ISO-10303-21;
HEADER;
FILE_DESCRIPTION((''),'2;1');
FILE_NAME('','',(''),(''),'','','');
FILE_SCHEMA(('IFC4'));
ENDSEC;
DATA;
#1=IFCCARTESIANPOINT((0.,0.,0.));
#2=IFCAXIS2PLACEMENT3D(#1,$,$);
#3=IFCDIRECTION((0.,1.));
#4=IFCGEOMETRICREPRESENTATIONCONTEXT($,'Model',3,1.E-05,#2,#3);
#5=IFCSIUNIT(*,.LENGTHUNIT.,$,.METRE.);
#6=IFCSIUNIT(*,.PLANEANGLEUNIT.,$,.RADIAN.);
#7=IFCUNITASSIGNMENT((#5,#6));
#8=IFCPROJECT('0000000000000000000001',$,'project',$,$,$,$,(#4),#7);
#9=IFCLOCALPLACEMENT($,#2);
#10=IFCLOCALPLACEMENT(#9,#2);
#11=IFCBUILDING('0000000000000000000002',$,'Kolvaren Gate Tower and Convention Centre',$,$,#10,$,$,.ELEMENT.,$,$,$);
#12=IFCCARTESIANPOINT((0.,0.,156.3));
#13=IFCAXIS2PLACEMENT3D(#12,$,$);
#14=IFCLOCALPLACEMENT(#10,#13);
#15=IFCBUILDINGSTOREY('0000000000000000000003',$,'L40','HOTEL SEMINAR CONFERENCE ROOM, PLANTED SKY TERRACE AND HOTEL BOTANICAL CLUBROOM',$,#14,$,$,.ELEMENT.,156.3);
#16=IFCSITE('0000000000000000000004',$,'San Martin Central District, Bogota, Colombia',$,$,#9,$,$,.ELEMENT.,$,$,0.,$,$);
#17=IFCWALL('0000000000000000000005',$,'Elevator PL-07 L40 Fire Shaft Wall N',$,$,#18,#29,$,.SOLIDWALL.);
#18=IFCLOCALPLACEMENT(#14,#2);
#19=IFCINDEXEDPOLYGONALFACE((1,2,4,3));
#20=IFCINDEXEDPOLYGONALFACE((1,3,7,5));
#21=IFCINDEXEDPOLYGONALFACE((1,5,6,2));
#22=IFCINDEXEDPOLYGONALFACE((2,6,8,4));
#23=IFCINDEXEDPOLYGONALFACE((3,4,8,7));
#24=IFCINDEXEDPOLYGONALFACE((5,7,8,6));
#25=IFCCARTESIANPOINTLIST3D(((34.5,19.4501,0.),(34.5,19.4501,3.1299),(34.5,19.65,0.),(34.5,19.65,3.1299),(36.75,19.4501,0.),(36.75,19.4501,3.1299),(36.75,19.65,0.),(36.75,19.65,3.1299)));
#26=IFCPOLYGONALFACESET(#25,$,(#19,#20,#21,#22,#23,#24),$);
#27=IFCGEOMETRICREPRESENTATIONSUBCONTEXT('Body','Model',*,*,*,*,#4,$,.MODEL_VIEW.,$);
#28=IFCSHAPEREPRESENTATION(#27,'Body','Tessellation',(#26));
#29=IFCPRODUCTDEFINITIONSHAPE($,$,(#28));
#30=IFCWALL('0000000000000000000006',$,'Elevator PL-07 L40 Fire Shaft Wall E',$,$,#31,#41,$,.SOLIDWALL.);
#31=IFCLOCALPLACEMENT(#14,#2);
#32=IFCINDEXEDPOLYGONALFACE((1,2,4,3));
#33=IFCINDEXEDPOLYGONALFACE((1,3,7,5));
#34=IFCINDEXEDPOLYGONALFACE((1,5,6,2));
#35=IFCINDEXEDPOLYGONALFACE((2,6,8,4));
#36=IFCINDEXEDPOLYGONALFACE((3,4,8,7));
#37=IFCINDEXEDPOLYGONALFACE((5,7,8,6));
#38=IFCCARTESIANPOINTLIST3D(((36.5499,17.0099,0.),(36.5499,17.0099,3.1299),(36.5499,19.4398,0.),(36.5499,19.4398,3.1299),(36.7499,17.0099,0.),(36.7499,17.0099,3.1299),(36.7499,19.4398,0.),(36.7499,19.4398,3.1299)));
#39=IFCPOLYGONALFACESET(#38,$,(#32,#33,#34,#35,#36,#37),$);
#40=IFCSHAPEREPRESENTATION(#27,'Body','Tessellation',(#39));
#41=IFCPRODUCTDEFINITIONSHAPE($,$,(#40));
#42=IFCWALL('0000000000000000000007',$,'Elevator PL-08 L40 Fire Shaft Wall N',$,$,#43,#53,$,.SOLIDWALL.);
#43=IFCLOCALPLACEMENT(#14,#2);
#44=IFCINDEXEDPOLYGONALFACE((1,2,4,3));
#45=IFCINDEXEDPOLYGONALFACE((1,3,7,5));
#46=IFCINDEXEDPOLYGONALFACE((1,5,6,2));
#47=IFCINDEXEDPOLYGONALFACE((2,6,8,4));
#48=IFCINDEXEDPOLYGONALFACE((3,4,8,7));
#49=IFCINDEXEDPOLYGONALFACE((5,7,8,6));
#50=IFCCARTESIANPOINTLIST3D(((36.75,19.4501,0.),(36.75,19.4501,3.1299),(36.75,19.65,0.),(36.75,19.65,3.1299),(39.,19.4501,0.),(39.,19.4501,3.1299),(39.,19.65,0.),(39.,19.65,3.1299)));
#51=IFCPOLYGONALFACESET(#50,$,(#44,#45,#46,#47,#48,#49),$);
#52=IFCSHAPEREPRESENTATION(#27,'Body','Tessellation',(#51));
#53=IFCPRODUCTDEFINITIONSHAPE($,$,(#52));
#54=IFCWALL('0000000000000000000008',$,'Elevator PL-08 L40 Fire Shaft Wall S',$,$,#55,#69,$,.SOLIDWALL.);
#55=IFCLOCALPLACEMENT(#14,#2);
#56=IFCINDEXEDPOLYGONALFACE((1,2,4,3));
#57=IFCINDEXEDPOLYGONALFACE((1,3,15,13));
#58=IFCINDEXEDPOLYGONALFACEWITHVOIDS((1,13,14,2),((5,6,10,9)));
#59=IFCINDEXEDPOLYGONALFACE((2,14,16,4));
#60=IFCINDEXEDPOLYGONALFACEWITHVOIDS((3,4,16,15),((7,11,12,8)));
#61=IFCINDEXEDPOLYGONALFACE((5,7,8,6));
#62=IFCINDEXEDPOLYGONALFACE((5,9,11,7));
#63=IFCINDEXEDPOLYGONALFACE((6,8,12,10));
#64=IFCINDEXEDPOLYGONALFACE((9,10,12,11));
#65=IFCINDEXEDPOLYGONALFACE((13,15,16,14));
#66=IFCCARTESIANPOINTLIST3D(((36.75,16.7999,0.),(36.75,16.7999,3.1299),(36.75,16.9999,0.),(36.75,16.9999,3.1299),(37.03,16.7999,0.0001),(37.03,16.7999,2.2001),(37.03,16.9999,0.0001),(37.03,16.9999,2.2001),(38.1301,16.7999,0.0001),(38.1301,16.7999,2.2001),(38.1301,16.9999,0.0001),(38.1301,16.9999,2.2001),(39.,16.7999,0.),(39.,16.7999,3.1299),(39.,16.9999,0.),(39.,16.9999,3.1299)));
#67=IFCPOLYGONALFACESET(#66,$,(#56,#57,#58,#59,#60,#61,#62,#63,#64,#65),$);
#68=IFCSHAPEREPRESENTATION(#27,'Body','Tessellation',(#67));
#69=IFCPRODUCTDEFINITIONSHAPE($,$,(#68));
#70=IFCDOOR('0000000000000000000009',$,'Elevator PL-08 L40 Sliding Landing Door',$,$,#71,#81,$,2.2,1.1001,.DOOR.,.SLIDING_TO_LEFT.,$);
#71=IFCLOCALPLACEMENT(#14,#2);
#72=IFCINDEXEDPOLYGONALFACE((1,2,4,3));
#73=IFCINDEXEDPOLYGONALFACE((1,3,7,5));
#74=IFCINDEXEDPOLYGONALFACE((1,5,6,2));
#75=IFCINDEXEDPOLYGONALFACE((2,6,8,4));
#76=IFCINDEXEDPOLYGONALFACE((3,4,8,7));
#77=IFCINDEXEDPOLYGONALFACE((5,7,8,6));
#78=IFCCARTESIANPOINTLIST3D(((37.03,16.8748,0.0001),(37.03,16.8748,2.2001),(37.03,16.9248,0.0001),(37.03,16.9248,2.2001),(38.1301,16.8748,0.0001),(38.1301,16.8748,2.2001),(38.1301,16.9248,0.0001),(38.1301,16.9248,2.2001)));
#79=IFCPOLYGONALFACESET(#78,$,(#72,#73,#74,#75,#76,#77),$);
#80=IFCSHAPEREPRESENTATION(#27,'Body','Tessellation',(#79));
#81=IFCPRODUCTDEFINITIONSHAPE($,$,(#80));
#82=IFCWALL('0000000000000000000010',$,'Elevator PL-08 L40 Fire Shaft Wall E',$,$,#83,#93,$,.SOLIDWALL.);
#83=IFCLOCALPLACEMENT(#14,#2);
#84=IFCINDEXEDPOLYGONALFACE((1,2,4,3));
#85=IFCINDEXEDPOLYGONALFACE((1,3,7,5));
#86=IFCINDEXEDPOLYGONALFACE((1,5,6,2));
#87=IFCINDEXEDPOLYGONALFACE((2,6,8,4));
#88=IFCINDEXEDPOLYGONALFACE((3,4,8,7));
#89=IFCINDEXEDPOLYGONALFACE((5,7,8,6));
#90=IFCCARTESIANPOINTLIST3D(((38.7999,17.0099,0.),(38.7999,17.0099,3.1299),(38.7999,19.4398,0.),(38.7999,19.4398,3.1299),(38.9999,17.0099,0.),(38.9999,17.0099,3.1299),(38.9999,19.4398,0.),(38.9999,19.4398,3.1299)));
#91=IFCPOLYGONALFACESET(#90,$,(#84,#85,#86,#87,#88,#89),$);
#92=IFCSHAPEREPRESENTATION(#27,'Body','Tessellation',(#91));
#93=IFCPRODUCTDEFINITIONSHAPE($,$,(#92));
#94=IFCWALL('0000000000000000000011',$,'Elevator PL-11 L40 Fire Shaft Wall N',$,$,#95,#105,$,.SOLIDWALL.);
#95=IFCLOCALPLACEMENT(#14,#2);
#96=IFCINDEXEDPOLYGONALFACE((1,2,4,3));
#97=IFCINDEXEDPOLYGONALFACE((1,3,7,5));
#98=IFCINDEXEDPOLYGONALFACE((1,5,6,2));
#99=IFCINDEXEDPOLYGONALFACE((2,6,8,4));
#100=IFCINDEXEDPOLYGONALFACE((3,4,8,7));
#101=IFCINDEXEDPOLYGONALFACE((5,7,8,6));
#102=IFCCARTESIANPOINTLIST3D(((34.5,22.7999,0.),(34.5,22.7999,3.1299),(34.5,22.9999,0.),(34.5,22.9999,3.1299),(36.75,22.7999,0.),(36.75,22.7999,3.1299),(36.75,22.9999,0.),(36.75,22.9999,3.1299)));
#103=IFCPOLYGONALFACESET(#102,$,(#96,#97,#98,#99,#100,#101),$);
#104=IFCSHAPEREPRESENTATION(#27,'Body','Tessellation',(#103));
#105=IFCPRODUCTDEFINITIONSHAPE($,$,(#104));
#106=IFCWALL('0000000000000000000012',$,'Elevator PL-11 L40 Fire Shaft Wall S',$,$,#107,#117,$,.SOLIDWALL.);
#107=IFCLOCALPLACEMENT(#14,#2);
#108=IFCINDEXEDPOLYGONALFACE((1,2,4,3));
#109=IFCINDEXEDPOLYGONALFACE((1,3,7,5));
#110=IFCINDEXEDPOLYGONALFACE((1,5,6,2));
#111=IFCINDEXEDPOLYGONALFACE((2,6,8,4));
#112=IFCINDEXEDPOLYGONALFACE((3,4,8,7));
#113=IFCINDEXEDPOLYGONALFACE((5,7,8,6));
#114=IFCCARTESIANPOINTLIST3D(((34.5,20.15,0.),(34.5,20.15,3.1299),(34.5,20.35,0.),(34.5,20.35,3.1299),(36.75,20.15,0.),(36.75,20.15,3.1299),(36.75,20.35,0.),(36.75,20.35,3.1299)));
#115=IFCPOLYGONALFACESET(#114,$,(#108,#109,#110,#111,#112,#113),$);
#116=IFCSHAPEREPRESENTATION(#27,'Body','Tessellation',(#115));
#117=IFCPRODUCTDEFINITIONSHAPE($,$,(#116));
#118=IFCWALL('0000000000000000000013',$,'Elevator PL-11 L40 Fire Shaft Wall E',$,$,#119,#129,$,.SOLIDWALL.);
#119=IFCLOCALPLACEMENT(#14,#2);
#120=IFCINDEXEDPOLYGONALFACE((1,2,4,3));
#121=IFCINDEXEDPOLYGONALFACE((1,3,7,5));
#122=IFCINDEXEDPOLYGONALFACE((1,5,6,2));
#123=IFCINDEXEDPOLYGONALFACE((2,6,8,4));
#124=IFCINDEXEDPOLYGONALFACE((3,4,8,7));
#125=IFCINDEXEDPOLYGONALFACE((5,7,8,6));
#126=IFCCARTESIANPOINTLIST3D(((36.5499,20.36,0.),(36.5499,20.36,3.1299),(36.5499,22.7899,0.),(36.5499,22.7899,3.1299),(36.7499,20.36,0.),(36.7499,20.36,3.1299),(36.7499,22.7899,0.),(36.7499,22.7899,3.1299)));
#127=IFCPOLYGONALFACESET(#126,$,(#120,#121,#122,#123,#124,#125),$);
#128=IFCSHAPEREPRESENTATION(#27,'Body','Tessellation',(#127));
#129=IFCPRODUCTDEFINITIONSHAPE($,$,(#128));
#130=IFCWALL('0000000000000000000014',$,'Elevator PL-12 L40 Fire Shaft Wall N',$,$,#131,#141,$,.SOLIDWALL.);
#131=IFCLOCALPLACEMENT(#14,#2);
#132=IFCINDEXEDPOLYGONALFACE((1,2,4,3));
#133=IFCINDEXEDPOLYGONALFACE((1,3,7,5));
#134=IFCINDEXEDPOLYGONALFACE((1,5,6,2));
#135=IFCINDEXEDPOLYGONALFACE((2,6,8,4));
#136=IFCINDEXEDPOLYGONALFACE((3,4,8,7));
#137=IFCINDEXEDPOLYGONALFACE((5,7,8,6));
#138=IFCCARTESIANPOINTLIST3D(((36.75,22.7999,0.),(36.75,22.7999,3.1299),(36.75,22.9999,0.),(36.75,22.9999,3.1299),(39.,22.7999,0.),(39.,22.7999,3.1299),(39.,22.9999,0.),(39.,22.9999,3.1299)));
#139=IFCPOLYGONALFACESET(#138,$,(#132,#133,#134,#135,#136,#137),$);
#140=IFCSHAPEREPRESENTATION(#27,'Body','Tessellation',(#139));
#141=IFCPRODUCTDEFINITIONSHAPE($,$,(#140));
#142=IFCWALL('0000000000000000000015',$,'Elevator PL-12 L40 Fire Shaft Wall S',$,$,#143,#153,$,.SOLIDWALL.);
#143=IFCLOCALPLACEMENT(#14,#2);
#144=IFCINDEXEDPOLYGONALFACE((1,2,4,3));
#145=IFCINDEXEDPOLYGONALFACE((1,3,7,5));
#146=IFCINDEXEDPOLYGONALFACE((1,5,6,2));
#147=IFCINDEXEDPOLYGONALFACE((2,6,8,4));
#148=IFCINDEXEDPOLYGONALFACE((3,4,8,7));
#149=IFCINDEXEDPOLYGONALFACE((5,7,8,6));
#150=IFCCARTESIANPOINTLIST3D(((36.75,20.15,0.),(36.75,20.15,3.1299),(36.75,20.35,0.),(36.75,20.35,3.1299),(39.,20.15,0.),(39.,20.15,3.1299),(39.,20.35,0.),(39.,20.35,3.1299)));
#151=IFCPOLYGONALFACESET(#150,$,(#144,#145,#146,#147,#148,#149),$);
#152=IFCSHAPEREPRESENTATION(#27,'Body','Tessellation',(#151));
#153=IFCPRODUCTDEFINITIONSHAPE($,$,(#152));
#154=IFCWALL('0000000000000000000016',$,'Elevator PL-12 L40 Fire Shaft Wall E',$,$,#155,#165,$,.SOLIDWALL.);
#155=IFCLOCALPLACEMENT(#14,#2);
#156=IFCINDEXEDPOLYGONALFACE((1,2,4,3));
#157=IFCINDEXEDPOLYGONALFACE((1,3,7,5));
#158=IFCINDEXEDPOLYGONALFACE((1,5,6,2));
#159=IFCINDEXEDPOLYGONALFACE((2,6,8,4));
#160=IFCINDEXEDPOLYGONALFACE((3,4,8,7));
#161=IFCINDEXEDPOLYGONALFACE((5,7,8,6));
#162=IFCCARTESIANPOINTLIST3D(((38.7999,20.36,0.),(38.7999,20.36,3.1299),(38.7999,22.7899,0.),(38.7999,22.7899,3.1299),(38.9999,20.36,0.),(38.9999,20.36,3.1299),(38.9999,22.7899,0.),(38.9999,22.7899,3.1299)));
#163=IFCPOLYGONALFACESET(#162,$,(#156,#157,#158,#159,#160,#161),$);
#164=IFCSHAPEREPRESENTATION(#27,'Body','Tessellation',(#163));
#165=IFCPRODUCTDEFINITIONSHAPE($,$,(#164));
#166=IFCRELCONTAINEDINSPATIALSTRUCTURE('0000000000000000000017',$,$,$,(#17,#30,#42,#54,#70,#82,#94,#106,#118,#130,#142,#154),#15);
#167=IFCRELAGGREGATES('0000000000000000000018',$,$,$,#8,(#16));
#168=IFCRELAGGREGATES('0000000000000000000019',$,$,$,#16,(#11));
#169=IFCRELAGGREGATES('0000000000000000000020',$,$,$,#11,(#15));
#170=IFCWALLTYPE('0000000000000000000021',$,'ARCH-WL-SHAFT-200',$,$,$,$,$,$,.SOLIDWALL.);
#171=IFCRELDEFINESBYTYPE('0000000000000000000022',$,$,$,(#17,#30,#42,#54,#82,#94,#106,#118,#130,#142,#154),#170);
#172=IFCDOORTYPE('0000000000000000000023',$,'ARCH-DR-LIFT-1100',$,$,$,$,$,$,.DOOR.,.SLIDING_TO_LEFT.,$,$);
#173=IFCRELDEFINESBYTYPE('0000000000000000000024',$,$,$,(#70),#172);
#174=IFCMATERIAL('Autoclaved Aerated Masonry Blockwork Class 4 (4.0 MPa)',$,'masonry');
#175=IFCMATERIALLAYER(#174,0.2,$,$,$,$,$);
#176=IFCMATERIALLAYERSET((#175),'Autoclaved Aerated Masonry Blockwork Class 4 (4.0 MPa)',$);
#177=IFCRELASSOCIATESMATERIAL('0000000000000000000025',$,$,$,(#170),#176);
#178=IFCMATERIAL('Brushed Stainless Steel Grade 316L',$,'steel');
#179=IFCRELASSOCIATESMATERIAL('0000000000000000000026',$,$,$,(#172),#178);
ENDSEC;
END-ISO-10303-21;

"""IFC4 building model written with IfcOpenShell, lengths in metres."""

from ifc_helpers import new_model, si_unit, direction, frame, frame_2d, origin, place, context, subcontext, project, spatial, rectangle, extrude, material, layer, layer_set, type_object, element, fill, save


model = new_model("IFC4")

# Units and contexts
model_context = context("Model", 3, precision=1e-05, world=origin(), true_north=direction((0.0, 1.0)))
body_context = subcontext(model_context, "Body", "Model", "MODEL_VIEW")
ifc_project = project(units=[si_unit("LENGTHUNIT", "METRE"), si_unit("PLANEANGLEUNIT", "RADIAN")], contexts=[model_context])

# Site, building, storey
site_placement = place(None, origin())
site = spatial("IfcSite", under=ifc_project, at=site_placement, Name="San Martin Central District, Bogota, Colombia", CompositionType="ELEMENT", RefElevation=0.0)
building_placement = place(site_placement, origin())
building = spatial("IfcBuilding", under=site, at=building_placement, Name="Kolvaren Gate Tower and Convention Centre", CompositionType="ELEMENT")
storey_placement = place(building_placement, frame((0.0, 0.0, 156.3)))
storey = spatial("IfcBuildingStorey", under=building, at=storey_placement, Name="L40", Description="HOTEL SEMINAR CONFERENCE ROOM, PLANTED SKY TERRACE AND HOTEL BOTANICAL CLUBROOM", CompositionType="ELEMENT", Elevation=156.3)

# Walls
ifc_material_1 = material(Name="Autoclaved Aerated Masonry Blockwork Class 4 (4.0 MPa)", Category="masonry")
ifc_layer_1 = layer(ifc_material_1, 0.2)
ifc_layer_set_1 = layer_set([ifc_layer_1], Name="Autoclaved Aerated Masonry Blockwork Class 4 (4.0 MPa)")
wall_type_1 = type_object("IfcWallType", Name="ARCH-WL-SHAFT-200", PredefinedType="SOLIDWALL", material=ifc_layer_set_1)
wall_1_placement = place(storey_placement, frame((34.5, 19.55, 0.0), z_axis=(0.0, 0.0, 1.0), x_axis=(1.0, 0.0, 0.0)))
element("IfcWall", 1, at=wall_1_placement, inside=storey, type_object=wall_type_1, Name="Elevator PL-07 L40 Fire Shaft Wall N", PredefinedType="SOLIDWALL", context=body_context, shape_type="SweptSolid", body=[
    extrude(rectangle(XDim=2.25, YDim=0.2, at=frame_2d((1.125, 0.0))), origin(), (0.0, 0.0, 1.0), 3.1299),
])
wall_2_placement = place(storey_placement, frame((36.6499, 17.01, 0.0), z_axis=(0.0, 0.0, 1.0), x_axis=(0.0, 1.0, 0.0)))
element("IfcWall", 2, at=wall_2_placement, inside=storey, type_object=wall_type_1, Name="Elevator PL-07 L40 Fire Shaft Wall E", PredefinedType="SOLIDWALL", context=body_context, shape_type="SweptSolid", body=[
    extrude(rectangle(XDim=2.4299, YDim=0.2, at=frame_2d((1.2148, 0.0))), origin(), (0.0, 0.0, 1.0), 3.1299),
])
wall_3_placement = place(storey_placement, frame((36.75, 19.55, 0.0), z_axis=(0.0, 0.0, 1.0), x_axis=(1.0, 0.0, 0.0)))
element("IfcWall", 3, at=wall_3_placement, inside=storey, type_object=wall_type_1, Name="Elevator PL-08 L40 Fire Shaft Wall N", PredefinedType="SOLIDWALL", context=body_context, shape_type="SweptSolid", body=[
    extrude(rectangle(XDim=2.25, YDim=0.2, at=frame_2d((1.125, 0.0))), origin(), (0.0, 0.0, 1.0), 3.1299),
])

# Wall, opening, door
wall_4_placement = place(storey_placement, frame((36.75, 16.8999, 0.0), z_axis=(0.0, 0.0, 1.0), x_axis=(1.0, 0.0, 0.0)))
wall_4 = element("IfcWall", 4, at=wall_4_placement, inside=storey, type_object=wall_type_1, Name="Elevator PL-08 L40 Fire Shaft Wall S", PredefinedType="SOLIDWALL", context=body_context, shape_type="SweptSolid", body=[
    extrude(rectangle(XDim=2.25, YDim=0.2, at=frame_2d((1.125, 0.0))), origin(), (0.0, 0.0, 1.0), 3.1299),
])
opening_1_placement = place(wall_4_placement, frame((0.28, 0.0, 0.0)))
opening_1 = element("IfcOpeningElement", 5, at=opening_1_placement, cuts=wall_4, PredefinedType="OPENING", context=body_context, shape_type="SweptSolid", body=[
    extrude(rectangle(XDim=1.1001, YDim=2.2, at=frame_2d((0.55, 1.1001))), frame((0.0, 0.1099, 0.0), z_axis=(0.0, -1.0, 0.0), x_axis=(1.0, 0.0, 0.0)), (0.0, 0.0, 1.0), 0.22),
])
ifc_material_2 = material(Name="Brushed Stainless Steel Grade 316L", Category="steel")
door_type_1 = type_object("IfcDoorType", Name="ARCH-DR-LIFT-1100", OperationType="SLIDING_TO_LEFT", PredefinedType="DOOR", material=ifc_material_2)
door_1_placement = place(opening_1_placement, origin())
door_1 = element("IfcDoor", 6, at=door_1_placement, inside=storey, type_object=door_type_1, Name="Elevator PL-08 L40 Sliding Landing Door", OperationType="SLIDING_TO_LEFT", OverallHeight=2.2, OverallWidth=1.1001, PredefinedType="DOOR", context=body_context, shape_type="SweptSolid", body=[
    extrude(rectangle(XDim=1.1001, YDim=2.2, at=frame_2d((0.55, 1.1001))), frame((0.0, 0.0249, 0.0), z_axis=(0.0, -1.0, 0.0), x_axis=(1.0, 0.0, 0.0)), (0.0, 0.0, 1.0), 0.05),
])
fill(opening_1, door_1)

# Walls
wall_5_placement = place(storey_placement, frame((38.8999, 17.01, 0.0), z_axis=(0.0, 0.0, 1.0), x_axis=(0.0, 1.0, 0.0)))
element("IfcWall", 7, at=wall_5_placement, inside=storey, type_object=wall_type_1, Name="Elevator PL-08 L40 Fire Shaft Wall E", PredefinedType="SOLIDWALL", context=body_context, shape_type="SweptSolid", body=[
    extrude(rectangle(XDim=2.4299, YDim=0.2, at=frame_2d((1.2148, 0.0))), origin(), (0.0, 0.0, 1.0), 3.1299),
])
for number, where, z_axis, x_axis, name in (
    (8, (34.5, 22.8999, 0.0), (0.0, 0.0, 1.0), (1.0, 0.0, 0.0), "Elevator PL-11 L40 Fire Shaft Wall N"),
    (9, (34.5, 20.25, 0.0), (0.0, 0.0, 1.0), (1.0, 0.0, 0.0), "Elevator PL-11 L40 Fire Shaft Wall S"),
):
    element("IfcWall", number, at=place(storey_placement, frame(where, z_axis=z_axis, x_axis=x_axis)), inside=storey, type_object=wall_type_1, Name=name, PredefinedType="SOLIDWALL", context=body_context, shape_type="SweptSolid", body=[
        extrude(rectangle(XDim=2.25, YDim=0.2, at=frame_2d((1.125, 0.0))), origin(), (0.0, 0.0, 1.0), 3.1299),
    ])
wall_6_placement = place(storey_placement, frame((36.6499, 20.3601, 0.0), z_axis=(0.0, 0.0, 1.0), x_axis=(0.0, 1.0, 0.0)))
element("IfcWall", 10, at=wall_6_placement, inside=storey, type_object=wall_type_1, Name="Elevator PL-11 L40 Fire Shaft Wall E", PredefinedType="SOLIDWALL", context=body_context, shape_type="SweptSolid", body=[
    extrude(rectangle(XDim=2.4299, YDim=0.2, at=frame_2d((1.2148, 0.0))), origin(), (0.0, 0.0, 1.0), 3.1299),
])
for number, where, z_axis, x_axis, name in (
    (11, (36.75, 22.8999, 0.0), (0.0, 0.0, 1.0), (1.0, 0.0, 0.0), "Elevator PL-12 L40 Fire Shaft Wall N"),
    (12, (36.75, 20.25, 0.0), (0.0, 0.0, 1.0), (1.0, 0.0, 0.0), "Elevator PL-12 L40 Fire Shaft Wall S"),
):
    element("IfcWall", number, at=place(storey_placement, frame(where, z_axis=z_axis, x_axis=x_axis)), inside=storey, type_object=wall_type_1, Name=name, PredefinedType="SOLIDWALL", context=body_context, shape_type="SweptSolid", body=[
        extrude(rectangle(XDim=2.25, YDim=0.2, at=frame_2d((1.125, 0.0))), origin(), (0.0, 0.0, 1.0), 3.1299),
    ])
wall_7_placement = place(storey_placement, frame((38.8999, 20.3601, 0.0), z_axis=(0.0, 0.0, 1.0), x_axis=(0.0, 1.0, 0.0)))
element("IfcWall", 13, at=wall_7_placement, inside=storey, type_object=wall_type_1, Name="Elevator PL-12 L40 Fire Shaft Wall E", PredefinedType="SOLIDWALL", context=body_context, shape_type="SweptSolid", body=[
    extrude(rectangle(XDim=2.4299, YDim=0.2, at=frame_2d((1.2148, 0.0))), origin(), (0.0, 0.0, 1.0), 3.1299),
])

save(model, "model.ifc")
